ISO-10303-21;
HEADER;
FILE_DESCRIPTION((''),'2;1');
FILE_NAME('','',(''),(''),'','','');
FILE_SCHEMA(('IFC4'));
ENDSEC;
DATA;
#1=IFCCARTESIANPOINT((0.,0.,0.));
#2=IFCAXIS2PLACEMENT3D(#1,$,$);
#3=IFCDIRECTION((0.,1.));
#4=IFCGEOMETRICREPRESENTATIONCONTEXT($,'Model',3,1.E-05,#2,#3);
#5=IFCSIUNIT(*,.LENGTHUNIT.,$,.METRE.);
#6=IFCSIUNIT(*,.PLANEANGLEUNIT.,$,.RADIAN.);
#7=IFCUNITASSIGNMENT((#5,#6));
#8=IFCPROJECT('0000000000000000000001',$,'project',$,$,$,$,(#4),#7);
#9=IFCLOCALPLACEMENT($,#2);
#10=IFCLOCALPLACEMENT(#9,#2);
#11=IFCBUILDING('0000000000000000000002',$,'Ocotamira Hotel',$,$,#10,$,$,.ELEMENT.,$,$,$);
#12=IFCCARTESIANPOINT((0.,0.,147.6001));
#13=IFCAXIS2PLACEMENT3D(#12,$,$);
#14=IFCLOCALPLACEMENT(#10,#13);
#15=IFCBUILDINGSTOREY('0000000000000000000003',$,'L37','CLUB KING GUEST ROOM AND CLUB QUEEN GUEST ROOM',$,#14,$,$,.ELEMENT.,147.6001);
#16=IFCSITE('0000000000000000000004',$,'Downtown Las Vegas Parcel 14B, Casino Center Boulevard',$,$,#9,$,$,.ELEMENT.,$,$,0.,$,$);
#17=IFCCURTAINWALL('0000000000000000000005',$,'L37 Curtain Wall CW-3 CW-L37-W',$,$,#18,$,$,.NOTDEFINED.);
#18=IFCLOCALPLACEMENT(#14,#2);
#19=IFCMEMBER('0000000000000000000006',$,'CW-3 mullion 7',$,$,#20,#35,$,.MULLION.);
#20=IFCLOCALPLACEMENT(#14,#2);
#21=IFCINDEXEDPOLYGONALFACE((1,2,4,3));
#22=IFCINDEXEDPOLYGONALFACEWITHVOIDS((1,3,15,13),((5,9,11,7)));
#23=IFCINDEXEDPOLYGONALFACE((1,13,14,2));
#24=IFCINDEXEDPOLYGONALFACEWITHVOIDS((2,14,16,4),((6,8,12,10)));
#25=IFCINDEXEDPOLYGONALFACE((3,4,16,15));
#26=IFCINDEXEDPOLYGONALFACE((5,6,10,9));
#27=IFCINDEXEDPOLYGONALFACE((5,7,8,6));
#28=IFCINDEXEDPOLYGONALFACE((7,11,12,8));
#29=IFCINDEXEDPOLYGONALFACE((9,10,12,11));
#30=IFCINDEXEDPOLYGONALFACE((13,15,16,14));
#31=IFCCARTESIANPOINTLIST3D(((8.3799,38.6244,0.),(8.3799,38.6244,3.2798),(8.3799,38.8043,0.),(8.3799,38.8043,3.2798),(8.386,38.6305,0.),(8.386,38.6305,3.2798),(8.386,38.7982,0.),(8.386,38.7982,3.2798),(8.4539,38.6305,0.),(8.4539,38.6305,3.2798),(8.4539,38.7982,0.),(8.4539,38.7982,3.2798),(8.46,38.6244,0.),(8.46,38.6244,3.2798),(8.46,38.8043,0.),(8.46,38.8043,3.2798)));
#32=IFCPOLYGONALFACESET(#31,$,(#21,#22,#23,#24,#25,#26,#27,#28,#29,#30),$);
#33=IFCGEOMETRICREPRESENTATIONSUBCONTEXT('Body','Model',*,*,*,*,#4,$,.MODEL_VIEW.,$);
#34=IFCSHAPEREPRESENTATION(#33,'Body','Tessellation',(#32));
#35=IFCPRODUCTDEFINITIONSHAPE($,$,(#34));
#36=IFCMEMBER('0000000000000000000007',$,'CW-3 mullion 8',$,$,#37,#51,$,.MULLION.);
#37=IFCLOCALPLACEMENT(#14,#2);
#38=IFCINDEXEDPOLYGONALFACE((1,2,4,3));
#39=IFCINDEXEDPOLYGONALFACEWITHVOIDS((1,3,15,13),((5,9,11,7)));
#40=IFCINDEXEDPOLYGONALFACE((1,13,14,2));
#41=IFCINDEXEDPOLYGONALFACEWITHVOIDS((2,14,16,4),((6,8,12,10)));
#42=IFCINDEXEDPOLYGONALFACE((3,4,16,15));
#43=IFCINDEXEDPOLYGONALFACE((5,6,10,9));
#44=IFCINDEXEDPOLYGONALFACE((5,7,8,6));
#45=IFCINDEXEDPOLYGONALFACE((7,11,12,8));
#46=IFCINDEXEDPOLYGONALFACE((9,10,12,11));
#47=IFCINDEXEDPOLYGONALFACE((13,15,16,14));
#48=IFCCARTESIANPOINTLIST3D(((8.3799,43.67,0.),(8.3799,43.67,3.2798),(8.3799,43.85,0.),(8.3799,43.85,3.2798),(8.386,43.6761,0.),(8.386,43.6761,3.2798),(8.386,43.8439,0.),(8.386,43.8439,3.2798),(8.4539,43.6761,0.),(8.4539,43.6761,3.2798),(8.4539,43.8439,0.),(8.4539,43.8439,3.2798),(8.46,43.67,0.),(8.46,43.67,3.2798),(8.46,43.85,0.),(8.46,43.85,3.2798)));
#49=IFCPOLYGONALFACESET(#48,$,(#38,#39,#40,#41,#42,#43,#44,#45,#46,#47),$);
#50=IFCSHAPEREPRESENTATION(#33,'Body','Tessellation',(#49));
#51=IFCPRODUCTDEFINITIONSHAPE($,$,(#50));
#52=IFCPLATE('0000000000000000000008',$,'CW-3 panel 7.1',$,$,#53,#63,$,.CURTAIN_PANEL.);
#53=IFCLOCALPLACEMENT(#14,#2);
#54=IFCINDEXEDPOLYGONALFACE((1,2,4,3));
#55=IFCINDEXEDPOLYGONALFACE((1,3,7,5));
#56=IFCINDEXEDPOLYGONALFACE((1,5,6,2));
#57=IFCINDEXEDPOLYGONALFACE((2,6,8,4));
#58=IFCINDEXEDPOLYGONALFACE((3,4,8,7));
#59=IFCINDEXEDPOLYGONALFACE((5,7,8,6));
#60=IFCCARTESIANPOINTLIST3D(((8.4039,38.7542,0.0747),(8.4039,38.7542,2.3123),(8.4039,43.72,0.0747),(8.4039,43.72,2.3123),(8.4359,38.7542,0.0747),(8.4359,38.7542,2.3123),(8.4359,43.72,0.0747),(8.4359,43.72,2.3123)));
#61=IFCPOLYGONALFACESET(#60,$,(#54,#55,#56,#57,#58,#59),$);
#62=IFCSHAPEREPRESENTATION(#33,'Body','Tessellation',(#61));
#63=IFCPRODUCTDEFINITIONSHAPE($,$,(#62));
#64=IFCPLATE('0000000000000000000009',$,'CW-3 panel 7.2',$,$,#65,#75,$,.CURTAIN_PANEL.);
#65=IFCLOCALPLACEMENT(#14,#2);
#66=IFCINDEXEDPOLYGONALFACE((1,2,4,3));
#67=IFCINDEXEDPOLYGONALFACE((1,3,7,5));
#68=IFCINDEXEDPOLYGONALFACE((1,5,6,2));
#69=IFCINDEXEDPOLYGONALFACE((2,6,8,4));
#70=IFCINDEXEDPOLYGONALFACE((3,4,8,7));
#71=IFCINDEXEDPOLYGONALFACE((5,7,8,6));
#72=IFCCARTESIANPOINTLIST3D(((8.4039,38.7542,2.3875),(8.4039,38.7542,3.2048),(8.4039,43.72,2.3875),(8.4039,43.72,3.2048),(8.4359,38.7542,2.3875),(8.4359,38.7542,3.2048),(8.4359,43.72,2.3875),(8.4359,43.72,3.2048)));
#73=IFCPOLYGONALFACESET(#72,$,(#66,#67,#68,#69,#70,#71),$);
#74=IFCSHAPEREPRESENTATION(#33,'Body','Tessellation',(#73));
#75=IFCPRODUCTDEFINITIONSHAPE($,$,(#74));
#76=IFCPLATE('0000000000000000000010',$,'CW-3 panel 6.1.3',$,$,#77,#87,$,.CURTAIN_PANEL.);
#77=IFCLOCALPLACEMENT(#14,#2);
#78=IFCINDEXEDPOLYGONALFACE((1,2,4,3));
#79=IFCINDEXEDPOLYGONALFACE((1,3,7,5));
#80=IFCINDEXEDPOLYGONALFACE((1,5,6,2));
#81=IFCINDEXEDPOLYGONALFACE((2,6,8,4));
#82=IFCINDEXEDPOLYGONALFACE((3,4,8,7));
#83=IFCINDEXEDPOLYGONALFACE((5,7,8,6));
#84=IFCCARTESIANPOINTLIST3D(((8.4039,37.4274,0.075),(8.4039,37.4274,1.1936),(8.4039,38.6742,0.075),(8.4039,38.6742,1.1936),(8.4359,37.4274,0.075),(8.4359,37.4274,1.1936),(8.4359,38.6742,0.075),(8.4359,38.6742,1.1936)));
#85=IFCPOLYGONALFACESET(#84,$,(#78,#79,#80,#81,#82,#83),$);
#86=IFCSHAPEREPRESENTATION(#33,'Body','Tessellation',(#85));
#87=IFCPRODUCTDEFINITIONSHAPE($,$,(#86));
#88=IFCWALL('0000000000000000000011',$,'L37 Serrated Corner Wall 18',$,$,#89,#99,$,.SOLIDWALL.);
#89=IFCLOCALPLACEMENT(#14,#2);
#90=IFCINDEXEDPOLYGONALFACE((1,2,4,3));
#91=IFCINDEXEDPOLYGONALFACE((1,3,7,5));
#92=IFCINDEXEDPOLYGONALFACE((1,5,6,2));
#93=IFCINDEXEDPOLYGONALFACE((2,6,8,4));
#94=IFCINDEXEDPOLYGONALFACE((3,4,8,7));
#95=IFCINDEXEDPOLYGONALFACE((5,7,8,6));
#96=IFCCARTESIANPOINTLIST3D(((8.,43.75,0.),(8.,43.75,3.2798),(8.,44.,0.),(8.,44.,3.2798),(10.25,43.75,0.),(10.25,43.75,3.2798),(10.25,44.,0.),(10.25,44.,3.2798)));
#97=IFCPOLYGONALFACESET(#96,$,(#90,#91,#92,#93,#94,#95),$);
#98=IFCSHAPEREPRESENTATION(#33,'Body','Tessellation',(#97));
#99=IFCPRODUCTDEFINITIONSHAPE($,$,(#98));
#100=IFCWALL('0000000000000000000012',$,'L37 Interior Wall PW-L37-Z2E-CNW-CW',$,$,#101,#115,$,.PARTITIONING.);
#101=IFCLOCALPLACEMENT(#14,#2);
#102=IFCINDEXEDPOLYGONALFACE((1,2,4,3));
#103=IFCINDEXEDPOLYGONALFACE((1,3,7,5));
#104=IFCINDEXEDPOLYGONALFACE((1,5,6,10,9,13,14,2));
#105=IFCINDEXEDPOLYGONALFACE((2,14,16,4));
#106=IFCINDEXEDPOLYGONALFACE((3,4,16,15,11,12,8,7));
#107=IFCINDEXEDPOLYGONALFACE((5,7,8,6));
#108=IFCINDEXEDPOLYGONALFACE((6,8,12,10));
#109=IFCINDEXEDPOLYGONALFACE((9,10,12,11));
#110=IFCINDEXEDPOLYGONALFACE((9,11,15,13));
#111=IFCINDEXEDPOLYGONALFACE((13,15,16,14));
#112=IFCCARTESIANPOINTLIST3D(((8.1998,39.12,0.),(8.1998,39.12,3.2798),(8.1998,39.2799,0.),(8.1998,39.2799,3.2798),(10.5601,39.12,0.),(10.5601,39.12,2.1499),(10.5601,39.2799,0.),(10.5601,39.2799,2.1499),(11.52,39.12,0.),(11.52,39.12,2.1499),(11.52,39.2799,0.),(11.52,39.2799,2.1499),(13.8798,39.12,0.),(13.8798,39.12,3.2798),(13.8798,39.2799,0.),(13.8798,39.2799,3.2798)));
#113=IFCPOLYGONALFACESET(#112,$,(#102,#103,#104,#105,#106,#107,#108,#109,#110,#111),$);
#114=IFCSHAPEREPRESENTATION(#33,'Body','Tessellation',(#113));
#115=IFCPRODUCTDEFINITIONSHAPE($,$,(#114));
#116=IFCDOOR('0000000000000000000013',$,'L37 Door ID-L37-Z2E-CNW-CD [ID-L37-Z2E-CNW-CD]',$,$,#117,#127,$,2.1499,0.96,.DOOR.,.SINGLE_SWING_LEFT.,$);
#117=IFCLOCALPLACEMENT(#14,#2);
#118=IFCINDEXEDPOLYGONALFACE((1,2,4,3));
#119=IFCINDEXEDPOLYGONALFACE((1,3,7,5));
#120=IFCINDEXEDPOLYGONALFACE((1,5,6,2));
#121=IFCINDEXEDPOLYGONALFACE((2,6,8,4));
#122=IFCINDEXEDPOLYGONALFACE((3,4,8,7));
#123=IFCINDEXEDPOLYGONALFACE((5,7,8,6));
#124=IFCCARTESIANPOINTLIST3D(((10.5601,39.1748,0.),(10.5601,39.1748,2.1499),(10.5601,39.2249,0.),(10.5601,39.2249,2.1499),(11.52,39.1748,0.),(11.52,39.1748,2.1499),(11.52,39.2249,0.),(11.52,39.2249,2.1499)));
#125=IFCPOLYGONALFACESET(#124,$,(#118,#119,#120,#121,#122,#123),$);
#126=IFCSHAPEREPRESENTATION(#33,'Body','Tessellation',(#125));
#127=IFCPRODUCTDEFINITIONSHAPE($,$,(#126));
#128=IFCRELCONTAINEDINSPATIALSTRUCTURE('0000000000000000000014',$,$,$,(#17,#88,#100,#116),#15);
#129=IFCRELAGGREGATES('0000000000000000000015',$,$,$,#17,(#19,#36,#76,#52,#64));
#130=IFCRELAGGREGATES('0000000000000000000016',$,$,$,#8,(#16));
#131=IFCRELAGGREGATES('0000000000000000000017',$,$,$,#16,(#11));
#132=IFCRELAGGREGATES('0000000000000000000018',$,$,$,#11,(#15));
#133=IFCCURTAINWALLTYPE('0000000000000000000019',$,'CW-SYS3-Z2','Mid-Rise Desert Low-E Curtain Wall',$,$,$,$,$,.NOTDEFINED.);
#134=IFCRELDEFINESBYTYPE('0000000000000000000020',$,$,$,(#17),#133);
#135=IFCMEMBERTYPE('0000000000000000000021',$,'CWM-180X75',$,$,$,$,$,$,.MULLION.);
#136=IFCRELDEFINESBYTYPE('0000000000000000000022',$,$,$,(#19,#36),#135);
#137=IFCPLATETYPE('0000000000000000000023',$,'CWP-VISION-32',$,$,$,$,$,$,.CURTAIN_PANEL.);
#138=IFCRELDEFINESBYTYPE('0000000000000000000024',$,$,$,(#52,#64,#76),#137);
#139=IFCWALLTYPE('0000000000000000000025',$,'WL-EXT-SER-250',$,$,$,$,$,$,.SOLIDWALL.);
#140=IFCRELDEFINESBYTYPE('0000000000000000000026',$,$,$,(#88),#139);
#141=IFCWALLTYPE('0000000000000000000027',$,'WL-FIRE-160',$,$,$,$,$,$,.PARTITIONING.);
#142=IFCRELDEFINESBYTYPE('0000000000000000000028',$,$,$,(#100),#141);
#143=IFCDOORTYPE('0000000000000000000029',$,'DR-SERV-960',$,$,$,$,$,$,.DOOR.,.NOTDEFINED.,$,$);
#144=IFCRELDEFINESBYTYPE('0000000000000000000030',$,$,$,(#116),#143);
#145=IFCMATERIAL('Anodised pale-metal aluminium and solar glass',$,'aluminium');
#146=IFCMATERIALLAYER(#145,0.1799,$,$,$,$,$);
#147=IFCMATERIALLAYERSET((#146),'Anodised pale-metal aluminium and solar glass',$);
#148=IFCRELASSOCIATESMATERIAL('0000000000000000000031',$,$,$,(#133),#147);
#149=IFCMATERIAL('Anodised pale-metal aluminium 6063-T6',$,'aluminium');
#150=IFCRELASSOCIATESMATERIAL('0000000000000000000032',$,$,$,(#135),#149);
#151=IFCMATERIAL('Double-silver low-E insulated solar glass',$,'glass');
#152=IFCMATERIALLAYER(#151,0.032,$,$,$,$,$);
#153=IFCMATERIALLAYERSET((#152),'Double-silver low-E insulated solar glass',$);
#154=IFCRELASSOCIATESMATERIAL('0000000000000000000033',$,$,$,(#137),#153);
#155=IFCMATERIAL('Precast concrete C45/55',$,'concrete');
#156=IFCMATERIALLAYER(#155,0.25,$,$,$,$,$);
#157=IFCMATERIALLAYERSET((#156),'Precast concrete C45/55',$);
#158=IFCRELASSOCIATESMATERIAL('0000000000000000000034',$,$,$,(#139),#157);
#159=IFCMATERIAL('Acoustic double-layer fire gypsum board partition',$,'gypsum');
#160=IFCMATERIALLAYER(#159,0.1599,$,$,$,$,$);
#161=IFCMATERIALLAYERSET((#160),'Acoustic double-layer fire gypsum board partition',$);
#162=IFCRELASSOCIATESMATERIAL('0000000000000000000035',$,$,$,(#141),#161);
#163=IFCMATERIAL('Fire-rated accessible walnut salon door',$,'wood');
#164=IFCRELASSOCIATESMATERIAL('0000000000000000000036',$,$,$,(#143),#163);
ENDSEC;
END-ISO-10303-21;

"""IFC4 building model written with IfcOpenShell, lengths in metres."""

from ifc_helpers import new_model, si_unit, direction, frame, frame_2d, origin, origin_2d, place, context, subcontext, project, spatial, rectangle, hollow_rectangle, extrude, source, transform, mapped, material, layer, layer_set, material_profile, profile_set, type_object, element, fill, aggregate, save


model = new_model("IFC4")

# Units and contexts
model_context = context("Model", 3, precision=1e-05, world=origin(), true_north=direction((0.0, 1.0)))
body_context = subcontext(model_context, "Body", "Model", "MODEL_VIEW")
ifc_project = project(units=[si_unit("LENGTHUNIT", "METRE"), si_unit("PLANEANGLEUNIT", "RADIAN")], contexts=[model_context])

# Site, building, storey
site_placement = place(None, origin())
site = spatial("IfcSite", under=ifc_project, at=site_placement, Name="Downtown Las Vegas Parcel 14B, Casino Center Boulevard", CompositionType="ELEMENT", RefElevation=0.0)
building_placement = place(site_placement, origin())
building = spatial("IfcBuilding", under=site, at=building_placement, Name="Ocotamira Hotel", CompositionType="ELEMENT")
storey_placement = place(building_placement, frame((0.0, 0.0, 147.6001)))
storey = spatial("IfcBuildingStorey", under=building, at=storey_placement, Name="L37", Description="CLUB KING GUEST ROOM AND CLUB QUEEN GUEST ROOM", CompositionType="ELEMENT", Elevation=147.6001)

# Curtain wall, members, plates
ifc_material_1 = material(Name="Anodised pale-metal aluminium and solar glass", Category="aluminium")
ifc_layer_1 = layer(ifc_material_1, 0.1799)
ifc_layer_set_1 = layer_set([ifc_layer_1], Name="Anodised pale-metal aluminium and solar glass")
curtain_wall_type = type_object("IfcCurtainWallType", Name="CW-SYS3-Z2", Description="Mid-Rise Desert Low-E Curtain Wall", PredefinedType="NOTDEFINED", material=ifc_layer_set_1)
curtain_wall_placement = place(storey_placement, origin())
curtain_wall = element("IfcCurtainWall", 1, at=curtain_wall_placement, inside=storey, type_object=curtain_wall_type, Name="L37 Curtain Wall CW-3 CW-L37-W", PredefinedType="NOTDEFINED")
ifc_material_2 = material(Name="Anodised pale-metal aluminium 6063-T6", Category="aluminium")
ifc_material_profile_1 = material_profile(ifc_material_2, hollow_rectangle(XDim=0.0801, YDim=0.1799, WallThickness=0.0061, at=origin_2d()), Name="HSS180X80X6")
ifc_profile_set_1 = profile_set([ifc_material_profile_1], Name="Anodised pale-metal aluminium 6063-T6")
member_type_1 = type_object("IfcMemberType", Name="CWM-180X75", PredefinedType="MULLION", material=ifc_profile_set_1)
shared_shape_1 = source(origin(), body_context, "Body", "SweptSolid", [
    extrude(hollow_rectangle(XDim=0.0801, YDim=0.1799, WallThickness=0.0061, at=origin_2d()), origin(), (0.0, 0.0, 1.0), 3.2798),
])
member_1_placement = place(storey_placement, frame((8.4199, 38.7144, 0.0), z_axis=(0.0, 0.0, 1.0), x_axis=(-1.0, 0.0, 0.0)))
member_1 = element("IfcMember", 2, at=member_1_placement, type_object=member_type_1, Name="CW-3 mullion 7", PredefinedType="MULLION", context=body_context, shape_type="MappedRepresentation", body=[
    mapped(shared_shape_1, transform((0.0, 0.0, 0.0), scale=1.0)),
])
member_2_placement = place(storey_placement, frame((8.4199, 43.76, 0.0), z_axis=(0.0, 0.0, 1.0), x_axis=(-1.0, 0.0, 0.0)))
member_2 = element("IfcMember", 3, at=member_2_placement, type_object=member_type_1, Name="CW-3 mullion 8", PredefinedType="MULLION", context=body_context, shape_type="MappedRepresentation", body=[
    mapped(shared_shape_1, transform((0.0, 0.0, 0.0), scale=1.0)),
])
ifc_material_3 = material(Name="Double-silver low-E insulated solar glass", Category="glass")
ifc_layer_2 = layer(ifc_material_3, 0.032)
ifc_layer_set_2 = layer_set([ifc_layer_2], Name="Double-silver low-E insulated solar glass")
plate_type = type_object("IfcPlateType", Name="CWP-VISION-32", PredefinedType="CURTAIN_PANEL", material=ifc_layer_set_2)
shared_shape_2 = source(origin(), body_context, "Body", "SweptSolid", [
    extrude(rectangle(XDim=4.9658, YDim=0.032, at=origin_2d()), origin(), (0.0, 0.0, 1.0), 2.2375),
])
plate_1_placement = place(storey_placement, frame((8.4199, 41.2371, 0.0747), z_axis=(0.0, 0.0, 1.0), x_axis=(0.0, 1.0, 0.0)))
plate_1 = element("IfcPlate", 4, at=plate_1_placement, type_object=plate_type, Name="CW-3 panel 7.1", PredefinedType="CURTAIN_PANEL", context=body_context, shape_type="MappedRepresentation", body=[
    mapped(shared_shape_2, transform((0.0, 0.0, 0.0), scale=1.0)),
])
shared_shape_3 = source(origin(), body_context, "Body", "SweptSolid", [
    extrude(rectangle(XDim=4.9658, YDim=0.032, at=origin_2d()), origin(), (0.0, 0.0, 1.0), 0.8174),
])
plate_2_placement = place(storey_placement, frame((8.4199, 41.2371, 2.3875), z_axis=(0.0, 0.0, 1.0), x_axis=(0.0, 1.0, 0.0)))
plate_2 = element("IfcPlate", 5, at=plate_2_placement, type_object=plate_type, Name="CW-3 panel 7.2", PredefinedType="CURTAIN_PANEL", context=body_context, shape_type="MappedRepresentation", body=[
    mapped(shared_shape_3, transform((0.0, 0.0, 0.0), scale=1.0)),
])
shared_shape_4 = source(origin(), body_context, "Body", "SweptSolid", [
    extrude(rectangle(XDim=1.2468, YDim=0.032, at=origin_2d()), origin(), (0.0, 0.0, 1.0), 1.1187),
])
plate_3_placement = place(storey_placement, frame((8.4199, 38.0508, 0.075), z_axis=(0.0, 0.0, 1.0), x_axis=(0.0, 1.0, 0.0)))
plate_3 = element("IfcPlate", 6, at=plate_3_placement, type_object=plate_type, Name="CW-3 panel 6.1.3", PredefinedType="CURTAIN_PANEL", context=body_context, shape_type="MappedRepresentation", body=[
    mapped(shared_shape_4, transform((0.0, 0.0, 0.0), scale=1.0)),
])
aggregate(curtain_wall, [member_1, member_2, plate_3, plate_1, plate_2])

# Wall
ifc_material_4 = material(Name="Precast concrete C45/55", Category="concrete")
ifc_layer_3 = layer(ifc_material_4, 0.25)
ifc_layer_set_3 = layer_set([ifc_layer_3], Name="Precast concrete C45/55")
wall_type_1 = type_object("IfcWallType", Name="WL-EXT-SER-250", PredefinedType="SOLIDWALL", material=ifc_layer_set_3)
wall_1_placement = place(storey_placement, frame((10.25, 43.875, 0.0), z_axis=(0.0, 0.0, 1.0), x_axis=(-1.0, 0.0, 0.0)))
element("IfcWall", 7, at=wall_1_placement, inside=storey, type_object=wall_type_1, Name="L37 Serrated Corner Wall 18", PredefinedType="SOLIDWALL", context=body_context, shape_type="SweptSolid", body=[
    extrude(rectangle(XDim=2.25, YDim=0.25, at=frame_2d((1.125, 0.0))), origin(), (0.0, 0.0, 1.0), 3.2798),
])

# Wall, opening, door
ifc_material_5 = material(Name="Acoustic double-layer fire gypsum board partition", Category="gypsum")
ifc_layer_4 = layer(ifc_material_5, 0.1599)
ifc_layer_set_4 = layer_set([ifc_layer_4], Name="Acoustic double-layer fire gypsum board partition")
wall_type_2 = type_object("IfcWallType", Name="WL-FIRE-160", PredefinedType="PARTITIONING", material=ifc_layer_set_4)
wall_2_placement = place(storey_placement, frame((8.2, 39.2, 0.0), z_axis=(0.0, 0.0, 1.0), x_axis=(1.0, 0.0, 0.0)))
wall_2 = element("IfcWall", 8, at=wall_2_placement, inside=storey, type_object=wall_type_2, Name="L37 Interior Wall PW-L37-Z2E-CNW-CW", PredefinedType="PARTITIONING", context=body_context, shape_type="SweptSolid", body=[
    extrude(rectangle(XDim=5.6799, YDim=0.1599, at=frame_2d((2.8398, 0.0))), origin(), (0.0, 0.0, 1.0), 3.2798),
])
opening_1_placement = place(wall_2_placement, frame((2.3601, 0.0, 0.0)))
opening_1 = element("IfcOpeningElement", 9, at=opening_1_placement, cuts=wall_2, PredefinedType="OPENING", context=body_context, shape_type="SweptSolid", body=[
    extrude(rectangle(XDim=0.96, YDim=2.1499, at=frame_2d((0.48, 1.075))), frame((0.0, 0.0898, 0.0), z_axis=(0.0, -1.0, 0.0), x_axis=(1.0, 0.0, 0.0)), (0.0, 0.0, 1.0), 0.1799),
])
ifc_material_6 = material(Name="Fire-rated accessible walnut salon door", Category="wood")
door_type_1 = type_object("IfcDoorType", Name="DR-SERV-960", OperationType="NOTDEFINED", PredefinedType="DOOR", material=ifc_material_6)
shared_shape_5 = source(origin(), body_context, "Body", "SweptSolid", [
    extrude(rectangle(XDim=0.96, YDim=2.1499, at=frame_2d((0.48, 1.075))), frame((0.0, 0.0249, 0.0), z_axis=(0.0, -1.0, 0.0), x_axis=(1.0, 0.0, 0.0)), (0.0, 0.0, 1.0), 0.05),
])
door_1_placement = place(opening_1_placement, origin())
door_1 = element("IfcDoor", 10, at=door_1_placement, inside=storey, type_object=door_type_1, Name="L37 Door ID-L37-Z2E-CNW-CD [ID-L37-Z2E-CNW-CD]", OperationType="SINGLE_SWING_LEFT", OverallHeight=2.1499, OverallWidth=0.96, PredefinedType="DOOR", context=body_context, shape_type="MappedRepresentation", body=[
    mapped(shared_shape_5, transform((0.0, 0.0, 0.0), scale=1.0)),
])
fill(opening_1, door_1)

save(model, "model.ifc")
